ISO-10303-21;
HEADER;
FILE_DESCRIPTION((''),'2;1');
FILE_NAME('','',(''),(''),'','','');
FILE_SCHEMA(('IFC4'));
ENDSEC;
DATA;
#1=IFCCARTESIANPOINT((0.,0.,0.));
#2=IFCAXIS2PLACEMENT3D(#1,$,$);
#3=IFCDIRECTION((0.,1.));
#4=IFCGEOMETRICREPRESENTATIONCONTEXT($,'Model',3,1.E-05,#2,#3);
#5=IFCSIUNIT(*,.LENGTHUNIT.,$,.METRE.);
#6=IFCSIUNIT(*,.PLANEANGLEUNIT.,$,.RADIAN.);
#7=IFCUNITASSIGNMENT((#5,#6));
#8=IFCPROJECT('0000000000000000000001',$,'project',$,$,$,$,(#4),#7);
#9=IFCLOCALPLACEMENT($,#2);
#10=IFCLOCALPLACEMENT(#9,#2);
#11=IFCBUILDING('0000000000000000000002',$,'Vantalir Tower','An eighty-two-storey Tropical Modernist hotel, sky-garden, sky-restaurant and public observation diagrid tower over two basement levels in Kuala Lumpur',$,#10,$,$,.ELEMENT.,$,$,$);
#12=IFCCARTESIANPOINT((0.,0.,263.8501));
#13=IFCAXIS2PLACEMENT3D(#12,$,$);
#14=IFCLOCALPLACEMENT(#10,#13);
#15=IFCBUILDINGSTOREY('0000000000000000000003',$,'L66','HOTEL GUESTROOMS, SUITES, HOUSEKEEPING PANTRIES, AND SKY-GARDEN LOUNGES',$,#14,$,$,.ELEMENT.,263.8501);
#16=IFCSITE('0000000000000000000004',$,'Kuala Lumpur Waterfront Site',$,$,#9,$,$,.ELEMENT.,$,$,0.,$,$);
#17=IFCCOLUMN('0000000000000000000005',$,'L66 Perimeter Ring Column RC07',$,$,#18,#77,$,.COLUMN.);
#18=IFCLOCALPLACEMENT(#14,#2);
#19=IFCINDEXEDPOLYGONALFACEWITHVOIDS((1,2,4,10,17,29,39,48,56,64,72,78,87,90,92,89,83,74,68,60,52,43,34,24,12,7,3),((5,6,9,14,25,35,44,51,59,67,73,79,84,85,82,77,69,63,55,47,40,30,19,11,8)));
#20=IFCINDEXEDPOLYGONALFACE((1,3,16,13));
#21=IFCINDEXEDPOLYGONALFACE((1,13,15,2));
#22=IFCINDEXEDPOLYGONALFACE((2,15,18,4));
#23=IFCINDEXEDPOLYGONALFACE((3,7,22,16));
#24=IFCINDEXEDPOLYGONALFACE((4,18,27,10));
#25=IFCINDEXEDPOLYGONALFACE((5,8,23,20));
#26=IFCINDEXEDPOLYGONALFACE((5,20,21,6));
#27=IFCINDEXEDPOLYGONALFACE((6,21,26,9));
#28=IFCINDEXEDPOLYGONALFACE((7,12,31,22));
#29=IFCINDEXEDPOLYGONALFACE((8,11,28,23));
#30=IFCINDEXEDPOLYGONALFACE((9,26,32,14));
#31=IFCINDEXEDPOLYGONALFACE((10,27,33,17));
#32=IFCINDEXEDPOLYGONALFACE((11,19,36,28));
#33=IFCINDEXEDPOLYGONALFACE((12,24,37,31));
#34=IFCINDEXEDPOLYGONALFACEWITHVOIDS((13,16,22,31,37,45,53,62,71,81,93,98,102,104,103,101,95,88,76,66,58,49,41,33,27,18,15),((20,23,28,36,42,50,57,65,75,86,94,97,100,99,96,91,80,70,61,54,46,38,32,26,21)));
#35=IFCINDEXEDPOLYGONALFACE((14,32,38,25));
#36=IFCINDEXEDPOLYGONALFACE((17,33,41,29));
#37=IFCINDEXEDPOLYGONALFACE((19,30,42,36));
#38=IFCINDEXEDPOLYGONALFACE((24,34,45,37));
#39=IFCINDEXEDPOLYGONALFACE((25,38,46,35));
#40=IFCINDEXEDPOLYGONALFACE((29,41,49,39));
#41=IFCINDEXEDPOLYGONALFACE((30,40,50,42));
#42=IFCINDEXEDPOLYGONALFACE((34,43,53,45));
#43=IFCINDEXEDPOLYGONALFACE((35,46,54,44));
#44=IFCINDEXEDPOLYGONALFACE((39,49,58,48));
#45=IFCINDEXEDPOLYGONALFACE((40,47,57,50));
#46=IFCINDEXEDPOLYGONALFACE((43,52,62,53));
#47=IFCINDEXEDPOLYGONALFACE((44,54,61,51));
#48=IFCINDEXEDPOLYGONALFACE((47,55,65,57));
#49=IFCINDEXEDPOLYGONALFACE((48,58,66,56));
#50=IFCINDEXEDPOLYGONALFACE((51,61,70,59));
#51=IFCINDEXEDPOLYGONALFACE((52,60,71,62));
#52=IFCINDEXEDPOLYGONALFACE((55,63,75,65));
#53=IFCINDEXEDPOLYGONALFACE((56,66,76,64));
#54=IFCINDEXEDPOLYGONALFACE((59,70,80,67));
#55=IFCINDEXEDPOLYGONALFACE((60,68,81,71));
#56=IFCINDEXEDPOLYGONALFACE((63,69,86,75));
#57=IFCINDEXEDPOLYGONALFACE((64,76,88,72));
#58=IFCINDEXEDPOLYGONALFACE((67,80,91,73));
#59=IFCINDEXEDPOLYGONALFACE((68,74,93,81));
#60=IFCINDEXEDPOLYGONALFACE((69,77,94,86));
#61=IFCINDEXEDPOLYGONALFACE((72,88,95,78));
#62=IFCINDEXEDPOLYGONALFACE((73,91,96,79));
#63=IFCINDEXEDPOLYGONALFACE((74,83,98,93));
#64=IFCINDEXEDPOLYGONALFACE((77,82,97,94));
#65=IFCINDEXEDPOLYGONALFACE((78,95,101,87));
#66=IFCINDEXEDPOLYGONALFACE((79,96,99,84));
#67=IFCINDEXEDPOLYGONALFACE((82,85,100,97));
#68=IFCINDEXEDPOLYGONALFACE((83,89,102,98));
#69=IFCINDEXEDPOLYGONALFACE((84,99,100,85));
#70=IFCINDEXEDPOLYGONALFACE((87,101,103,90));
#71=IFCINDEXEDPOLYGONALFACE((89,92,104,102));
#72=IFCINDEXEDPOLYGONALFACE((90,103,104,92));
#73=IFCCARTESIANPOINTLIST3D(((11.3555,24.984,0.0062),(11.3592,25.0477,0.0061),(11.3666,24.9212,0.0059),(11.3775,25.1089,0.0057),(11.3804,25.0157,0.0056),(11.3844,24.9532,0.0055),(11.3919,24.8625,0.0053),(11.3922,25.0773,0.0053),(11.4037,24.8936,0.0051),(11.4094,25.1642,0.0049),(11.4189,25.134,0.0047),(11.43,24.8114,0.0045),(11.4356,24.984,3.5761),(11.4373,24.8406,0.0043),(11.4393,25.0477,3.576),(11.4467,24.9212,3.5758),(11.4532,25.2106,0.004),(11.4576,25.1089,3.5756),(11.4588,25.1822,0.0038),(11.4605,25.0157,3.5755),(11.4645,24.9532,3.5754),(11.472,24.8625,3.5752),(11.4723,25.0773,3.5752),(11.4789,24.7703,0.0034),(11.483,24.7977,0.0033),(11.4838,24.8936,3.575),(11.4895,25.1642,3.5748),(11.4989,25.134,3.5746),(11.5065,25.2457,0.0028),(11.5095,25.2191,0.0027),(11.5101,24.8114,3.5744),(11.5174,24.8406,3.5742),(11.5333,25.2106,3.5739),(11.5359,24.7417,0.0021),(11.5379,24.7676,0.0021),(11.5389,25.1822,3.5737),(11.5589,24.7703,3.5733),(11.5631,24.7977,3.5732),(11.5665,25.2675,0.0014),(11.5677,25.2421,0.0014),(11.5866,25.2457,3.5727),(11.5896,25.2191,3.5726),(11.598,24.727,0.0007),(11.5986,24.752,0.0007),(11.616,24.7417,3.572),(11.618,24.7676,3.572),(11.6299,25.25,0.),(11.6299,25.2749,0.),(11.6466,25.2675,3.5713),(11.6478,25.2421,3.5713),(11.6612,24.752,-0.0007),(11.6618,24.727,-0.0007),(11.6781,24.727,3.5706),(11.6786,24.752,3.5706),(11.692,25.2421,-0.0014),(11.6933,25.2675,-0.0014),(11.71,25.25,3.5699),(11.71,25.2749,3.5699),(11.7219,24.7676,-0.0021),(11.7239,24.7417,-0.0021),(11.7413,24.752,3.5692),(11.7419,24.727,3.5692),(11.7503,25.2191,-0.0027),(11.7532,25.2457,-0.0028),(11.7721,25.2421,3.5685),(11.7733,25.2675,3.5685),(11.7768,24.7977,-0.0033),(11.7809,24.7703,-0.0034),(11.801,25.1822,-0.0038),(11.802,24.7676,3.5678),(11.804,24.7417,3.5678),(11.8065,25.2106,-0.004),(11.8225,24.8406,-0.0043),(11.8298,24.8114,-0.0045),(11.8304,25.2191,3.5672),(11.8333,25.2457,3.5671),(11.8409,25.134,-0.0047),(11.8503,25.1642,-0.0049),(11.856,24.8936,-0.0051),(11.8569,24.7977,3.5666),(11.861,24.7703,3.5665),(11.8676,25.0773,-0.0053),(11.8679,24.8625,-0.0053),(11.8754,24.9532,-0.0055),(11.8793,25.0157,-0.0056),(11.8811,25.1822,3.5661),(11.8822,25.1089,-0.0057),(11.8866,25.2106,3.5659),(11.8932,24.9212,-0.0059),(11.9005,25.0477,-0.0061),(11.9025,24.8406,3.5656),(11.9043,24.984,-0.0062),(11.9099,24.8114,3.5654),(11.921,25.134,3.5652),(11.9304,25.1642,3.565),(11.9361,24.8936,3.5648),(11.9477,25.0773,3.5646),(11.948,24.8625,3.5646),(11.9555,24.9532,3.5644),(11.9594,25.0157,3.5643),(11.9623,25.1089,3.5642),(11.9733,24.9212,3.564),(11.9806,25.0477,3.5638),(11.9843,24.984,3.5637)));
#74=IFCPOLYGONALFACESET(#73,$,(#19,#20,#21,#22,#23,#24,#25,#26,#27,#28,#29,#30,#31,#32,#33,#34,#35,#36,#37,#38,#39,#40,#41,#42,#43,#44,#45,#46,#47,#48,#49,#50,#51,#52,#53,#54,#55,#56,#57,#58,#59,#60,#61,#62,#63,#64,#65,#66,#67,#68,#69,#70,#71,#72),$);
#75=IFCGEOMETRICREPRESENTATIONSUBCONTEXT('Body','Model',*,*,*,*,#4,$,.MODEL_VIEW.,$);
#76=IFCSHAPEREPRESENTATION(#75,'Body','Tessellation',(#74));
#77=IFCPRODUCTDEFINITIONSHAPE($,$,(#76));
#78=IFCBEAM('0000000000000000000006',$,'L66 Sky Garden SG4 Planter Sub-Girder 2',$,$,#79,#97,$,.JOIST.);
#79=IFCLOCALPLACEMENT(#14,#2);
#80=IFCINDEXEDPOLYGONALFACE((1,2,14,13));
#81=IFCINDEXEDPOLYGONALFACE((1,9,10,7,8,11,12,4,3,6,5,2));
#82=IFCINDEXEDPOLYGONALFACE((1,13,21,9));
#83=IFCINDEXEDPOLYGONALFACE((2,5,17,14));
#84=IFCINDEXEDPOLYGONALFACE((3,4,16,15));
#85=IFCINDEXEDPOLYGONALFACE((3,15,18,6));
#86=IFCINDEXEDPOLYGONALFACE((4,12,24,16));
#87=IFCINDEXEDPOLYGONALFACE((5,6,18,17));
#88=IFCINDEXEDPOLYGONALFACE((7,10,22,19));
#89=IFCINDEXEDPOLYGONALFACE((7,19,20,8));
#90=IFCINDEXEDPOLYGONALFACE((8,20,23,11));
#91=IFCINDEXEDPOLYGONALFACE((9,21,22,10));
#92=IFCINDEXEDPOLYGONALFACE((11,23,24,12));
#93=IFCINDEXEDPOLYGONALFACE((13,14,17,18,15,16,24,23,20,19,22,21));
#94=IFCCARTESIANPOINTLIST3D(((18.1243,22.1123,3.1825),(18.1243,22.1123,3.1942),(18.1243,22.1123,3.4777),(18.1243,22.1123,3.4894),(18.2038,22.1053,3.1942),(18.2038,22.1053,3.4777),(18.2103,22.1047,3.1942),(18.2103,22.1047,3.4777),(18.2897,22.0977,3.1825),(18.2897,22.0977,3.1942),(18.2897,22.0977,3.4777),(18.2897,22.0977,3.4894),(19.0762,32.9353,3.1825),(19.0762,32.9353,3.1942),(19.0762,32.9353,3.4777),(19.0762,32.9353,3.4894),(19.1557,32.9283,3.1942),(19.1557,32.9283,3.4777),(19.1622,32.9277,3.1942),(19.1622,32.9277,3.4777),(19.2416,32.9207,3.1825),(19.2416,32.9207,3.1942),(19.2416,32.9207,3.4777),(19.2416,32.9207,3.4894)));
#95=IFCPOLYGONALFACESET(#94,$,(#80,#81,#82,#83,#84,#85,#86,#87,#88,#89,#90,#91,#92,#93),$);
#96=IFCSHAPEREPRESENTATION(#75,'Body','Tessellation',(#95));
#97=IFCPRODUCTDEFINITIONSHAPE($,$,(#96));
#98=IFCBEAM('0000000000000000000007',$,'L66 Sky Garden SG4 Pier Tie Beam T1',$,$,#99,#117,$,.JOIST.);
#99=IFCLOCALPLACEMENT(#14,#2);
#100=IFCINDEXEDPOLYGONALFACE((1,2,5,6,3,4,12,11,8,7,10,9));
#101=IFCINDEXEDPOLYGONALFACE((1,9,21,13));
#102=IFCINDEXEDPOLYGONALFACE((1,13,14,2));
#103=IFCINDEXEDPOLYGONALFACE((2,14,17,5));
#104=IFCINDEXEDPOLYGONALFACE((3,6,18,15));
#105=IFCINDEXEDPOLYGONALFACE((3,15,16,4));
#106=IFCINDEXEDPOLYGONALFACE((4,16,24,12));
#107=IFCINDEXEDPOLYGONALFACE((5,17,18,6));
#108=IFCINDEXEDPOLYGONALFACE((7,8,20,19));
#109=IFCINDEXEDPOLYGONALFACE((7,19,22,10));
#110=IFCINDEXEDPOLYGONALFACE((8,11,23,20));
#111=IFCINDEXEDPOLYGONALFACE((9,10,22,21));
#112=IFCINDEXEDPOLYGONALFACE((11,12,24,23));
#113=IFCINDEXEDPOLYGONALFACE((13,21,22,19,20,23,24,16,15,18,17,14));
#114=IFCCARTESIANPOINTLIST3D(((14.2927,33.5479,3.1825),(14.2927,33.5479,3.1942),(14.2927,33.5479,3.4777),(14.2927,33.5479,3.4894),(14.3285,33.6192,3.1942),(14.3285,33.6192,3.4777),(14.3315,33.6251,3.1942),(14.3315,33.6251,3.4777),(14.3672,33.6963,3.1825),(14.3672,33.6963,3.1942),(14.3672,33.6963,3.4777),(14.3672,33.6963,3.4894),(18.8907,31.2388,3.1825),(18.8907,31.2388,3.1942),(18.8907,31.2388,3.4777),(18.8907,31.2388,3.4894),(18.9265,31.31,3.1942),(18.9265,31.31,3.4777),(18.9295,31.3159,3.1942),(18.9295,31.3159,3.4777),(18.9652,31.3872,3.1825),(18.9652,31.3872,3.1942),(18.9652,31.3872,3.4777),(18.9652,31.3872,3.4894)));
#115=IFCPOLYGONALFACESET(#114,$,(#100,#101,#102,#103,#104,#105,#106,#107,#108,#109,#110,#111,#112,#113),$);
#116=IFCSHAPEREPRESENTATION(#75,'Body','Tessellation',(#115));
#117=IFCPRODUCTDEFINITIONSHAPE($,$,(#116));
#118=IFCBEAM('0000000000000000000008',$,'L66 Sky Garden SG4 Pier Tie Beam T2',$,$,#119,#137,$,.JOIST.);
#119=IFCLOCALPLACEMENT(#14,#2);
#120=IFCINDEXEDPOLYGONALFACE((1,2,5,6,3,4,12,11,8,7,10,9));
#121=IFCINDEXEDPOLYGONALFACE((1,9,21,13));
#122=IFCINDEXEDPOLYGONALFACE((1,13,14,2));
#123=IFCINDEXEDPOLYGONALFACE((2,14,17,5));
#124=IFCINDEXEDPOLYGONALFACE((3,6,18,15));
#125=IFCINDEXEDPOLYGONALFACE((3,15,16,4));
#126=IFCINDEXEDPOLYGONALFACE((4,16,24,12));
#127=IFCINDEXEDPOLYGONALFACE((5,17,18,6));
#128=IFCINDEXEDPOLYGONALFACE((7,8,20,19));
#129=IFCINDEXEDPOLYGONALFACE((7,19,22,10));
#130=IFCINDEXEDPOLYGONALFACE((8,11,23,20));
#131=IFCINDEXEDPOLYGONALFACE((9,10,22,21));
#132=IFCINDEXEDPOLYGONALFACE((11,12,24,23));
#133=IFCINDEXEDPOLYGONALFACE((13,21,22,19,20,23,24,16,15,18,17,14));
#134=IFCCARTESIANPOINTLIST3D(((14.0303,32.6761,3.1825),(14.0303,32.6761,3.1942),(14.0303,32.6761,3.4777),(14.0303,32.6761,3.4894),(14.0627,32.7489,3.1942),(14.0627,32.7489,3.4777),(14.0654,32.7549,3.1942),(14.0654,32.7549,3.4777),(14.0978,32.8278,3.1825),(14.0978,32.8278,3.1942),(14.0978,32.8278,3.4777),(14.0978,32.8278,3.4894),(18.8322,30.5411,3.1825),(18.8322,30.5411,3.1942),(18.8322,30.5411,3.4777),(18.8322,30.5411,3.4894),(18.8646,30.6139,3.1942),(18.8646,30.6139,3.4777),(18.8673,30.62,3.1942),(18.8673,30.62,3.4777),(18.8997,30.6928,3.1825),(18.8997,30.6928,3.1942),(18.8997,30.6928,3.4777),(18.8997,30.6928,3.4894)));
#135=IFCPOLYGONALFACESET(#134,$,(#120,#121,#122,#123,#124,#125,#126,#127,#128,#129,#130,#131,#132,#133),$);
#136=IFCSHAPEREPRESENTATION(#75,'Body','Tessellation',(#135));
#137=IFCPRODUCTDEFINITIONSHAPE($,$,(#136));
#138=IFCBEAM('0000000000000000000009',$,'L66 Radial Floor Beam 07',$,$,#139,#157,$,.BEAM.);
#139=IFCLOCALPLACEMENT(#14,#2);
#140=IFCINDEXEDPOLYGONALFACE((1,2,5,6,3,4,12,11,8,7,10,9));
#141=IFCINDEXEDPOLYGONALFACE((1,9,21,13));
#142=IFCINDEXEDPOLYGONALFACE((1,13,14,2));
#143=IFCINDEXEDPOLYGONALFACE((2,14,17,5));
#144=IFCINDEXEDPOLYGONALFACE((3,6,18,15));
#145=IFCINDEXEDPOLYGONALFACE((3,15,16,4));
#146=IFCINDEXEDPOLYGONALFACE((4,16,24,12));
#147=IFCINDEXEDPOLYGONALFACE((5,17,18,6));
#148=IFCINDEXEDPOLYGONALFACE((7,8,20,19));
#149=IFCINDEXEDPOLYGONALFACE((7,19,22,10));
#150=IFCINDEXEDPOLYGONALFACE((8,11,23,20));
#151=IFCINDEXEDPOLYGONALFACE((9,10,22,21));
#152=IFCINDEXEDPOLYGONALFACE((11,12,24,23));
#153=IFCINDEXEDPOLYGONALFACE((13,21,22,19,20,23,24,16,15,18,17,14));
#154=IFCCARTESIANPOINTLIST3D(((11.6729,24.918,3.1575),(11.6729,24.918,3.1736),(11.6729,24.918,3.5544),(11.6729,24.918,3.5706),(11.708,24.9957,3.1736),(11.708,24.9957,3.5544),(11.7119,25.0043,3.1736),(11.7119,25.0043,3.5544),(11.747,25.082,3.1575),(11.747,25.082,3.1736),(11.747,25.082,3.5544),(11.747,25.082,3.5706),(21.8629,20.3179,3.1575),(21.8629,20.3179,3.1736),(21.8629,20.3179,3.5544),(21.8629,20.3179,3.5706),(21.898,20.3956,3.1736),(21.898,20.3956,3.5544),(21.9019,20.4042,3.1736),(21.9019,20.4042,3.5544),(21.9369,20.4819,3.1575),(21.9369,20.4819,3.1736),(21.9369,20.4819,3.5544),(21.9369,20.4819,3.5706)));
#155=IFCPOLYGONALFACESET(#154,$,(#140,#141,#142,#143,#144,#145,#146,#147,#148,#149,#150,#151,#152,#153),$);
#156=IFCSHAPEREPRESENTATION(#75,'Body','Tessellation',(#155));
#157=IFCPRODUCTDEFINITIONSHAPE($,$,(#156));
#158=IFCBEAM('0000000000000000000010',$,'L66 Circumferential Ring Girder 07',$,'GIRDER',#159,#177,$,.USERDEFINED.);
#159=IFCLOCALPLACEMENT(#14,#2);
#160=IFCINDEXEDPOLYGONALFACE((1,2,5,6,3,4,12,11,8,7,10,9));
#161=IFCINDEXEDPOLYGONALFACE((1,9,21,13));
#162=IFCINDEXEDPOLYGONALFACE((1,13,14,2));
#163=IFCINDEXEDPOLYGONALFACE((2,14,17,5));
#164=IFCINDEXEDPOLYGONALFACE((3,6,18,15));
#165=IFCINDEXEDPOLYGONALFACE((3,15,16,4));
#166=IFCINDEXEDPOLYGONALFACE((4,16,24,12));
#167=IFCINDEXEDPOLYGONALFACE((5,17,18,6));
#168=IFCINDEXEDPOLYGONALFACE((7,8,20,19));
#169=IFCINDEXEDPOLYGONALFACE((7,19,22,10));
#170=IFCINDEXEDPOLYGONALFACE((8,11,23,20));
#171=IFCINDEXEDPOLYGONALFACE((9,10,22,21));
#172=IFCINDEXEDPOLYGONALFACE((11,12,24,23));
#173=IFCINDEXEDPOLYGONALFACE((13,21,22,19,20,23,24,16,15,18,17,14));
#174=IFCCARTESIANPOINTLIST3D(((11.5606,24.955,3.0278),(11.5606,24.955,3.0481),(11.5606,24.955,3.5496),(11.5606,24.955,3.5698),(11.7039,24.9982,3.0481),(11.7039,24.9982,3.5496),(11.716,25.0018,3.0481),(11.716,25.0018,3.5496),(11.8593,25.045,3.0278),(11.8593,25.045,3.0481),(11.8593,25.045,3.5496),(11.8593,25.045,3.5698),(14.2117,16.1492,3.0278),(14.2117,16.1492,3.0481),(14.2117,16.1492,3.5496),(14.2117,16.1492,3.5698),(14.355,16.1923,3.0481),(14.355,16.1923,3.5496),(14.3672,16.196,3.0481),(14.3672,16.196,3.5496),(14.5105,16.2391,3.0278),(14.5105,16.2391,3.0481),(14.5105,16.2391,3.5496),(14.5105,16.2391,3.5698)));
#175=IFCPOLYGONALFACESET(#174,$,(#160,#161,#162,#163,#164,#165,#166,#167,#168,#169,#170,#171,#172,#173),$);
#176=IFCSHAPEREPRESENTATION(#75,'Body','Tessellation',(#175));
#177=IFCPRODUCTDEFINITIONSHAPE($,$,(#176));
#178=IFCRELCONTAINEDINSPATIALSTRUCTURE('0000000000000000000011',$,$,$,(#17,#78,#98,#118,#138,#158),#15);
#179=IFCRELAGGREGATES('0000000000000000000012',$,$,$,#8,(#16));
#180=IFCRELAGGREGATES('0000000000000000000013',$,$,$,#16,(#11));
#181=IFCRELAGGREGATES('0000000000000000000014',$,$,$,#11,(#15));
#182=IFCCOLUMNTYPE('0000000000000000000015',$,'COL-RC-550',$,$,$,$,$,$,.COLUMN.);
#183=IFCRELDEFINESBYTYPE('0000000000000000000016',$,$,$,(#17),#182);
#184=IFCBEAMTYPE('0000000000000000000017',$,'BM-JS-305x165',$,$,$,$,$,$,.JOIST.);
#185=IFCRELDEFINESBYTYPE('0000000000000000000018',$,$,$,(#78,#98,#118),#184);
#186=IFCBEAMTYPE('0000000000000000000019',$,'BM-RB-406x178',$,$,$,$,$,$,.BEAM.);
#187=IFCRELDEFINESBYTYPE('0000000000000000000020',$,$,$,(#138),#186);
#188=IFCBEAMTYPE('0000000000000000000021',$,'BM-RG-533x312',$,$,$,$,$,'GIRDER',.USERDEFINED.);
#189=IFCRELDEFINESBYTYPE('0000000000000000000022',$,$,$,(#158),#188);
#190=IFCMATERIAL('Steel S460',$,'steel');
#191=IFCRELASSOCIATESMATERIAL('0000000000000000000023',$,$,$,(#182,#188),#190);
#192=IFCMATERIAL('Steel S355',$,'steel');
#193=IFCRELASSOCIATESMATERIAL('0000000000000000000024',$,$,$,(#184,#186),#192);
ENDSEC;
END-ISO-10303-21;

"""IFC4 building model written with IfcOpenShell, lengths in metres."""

from ifc_helpers import new_model, si_unit, direction, frame, origin, origin_2d, place, context, subcontext, project, spatial, hollow_circle, i_section, extrude, material, material_profile, profile_set, type_object, element, save


model = new_model("IFC4")

# Units and contexts
model_context = context("Model", 3, precision=1e-05, world=origin(), true_north=direction((0.0, 1.0)))
body_context = subcontext(model_context, "Body", "Model", "MODEL_VIEW")
ifc_project = project(units=[si_unit("LENGTHUNIT", "METRE"), si_unit("PLANEANGLEUNIT", "RADIAN")], contexts=[model_context])

# Site, building, storey
site_placement = place(None, origin())
site = spatial("IfcSite", under=ifc_project, at=site_placement, Name="Kuala Lumpur Waterfront Site", CompositionType="ELEMENT", RefElevation=0.0)
building_placement = place(site_placement, origin())
building = spatial("IfcBuilding", under=site, at=building_placement, Name="Vantalir Tower", Description="An eighty-two-storey Tropical Modernist hotel, sky-garden, sky-restaurant and public observation diagrid tower over two basement levels in Kuala Lumpur", CompositionType="ELEMENT")
storey_placement = place(building_placement, frame((0.0, 0.0, 263.8501)))
storey = spatial("IfcBuildingStorey", under=building, at=storey_placement, Name="L66", Description="HOTEL GUESTROOMS, SUITES, HOUSEKEEPING PANTRIES, AND SKY-GARDEN LOUNGES", CompositionType="ELEMENT", Elevation=263.8501)

# Column
ifc_material_1 = material(Name="Steel S460", Category="steel")
ifc_material_profile_1 = material_profile(ifc_material_1, hollow_circle(Radius=0.2749, WallThickness=0.0249, at=origin_2d()), Name="Steel S460")
ifc_profile_set_1 = profile_set([ifc_material_profile_1], Name="Steel S460")
column_type = type_object("IfcColumnType", Name="COL-RC-550", PredefinedType="COLUMN", material=ifc_profile_set_1)
column_placement = place(storey_placement, frame((11.6299, 25.0, 0.0), z_axis=(0.022426, 0.0, 0.999748), x_axis=(0.0, 1.0, 0.0)))
element("IfcColumn", 1, at=column_placement, inside=storey, type_object=column_type, Name="L66 Perimeter Ring Column RC07", PredefinedType="COLUMN", context=body_context, shape_type="SweptSolid", body=[
    extrude(hollow_circle(Radius=0.2749, WallThickness=0.0249, at=origin_2d()), origin(), (0.0, 0.0, 1.0), 3.5708),
])

# Beams
ifc_material_2 = material(Name="Steel S355", Category="steel")
ifc_material_profile_2 = material_profile(ifc_material_2, i_section(OverallWidth=0.166, OverallDepth=0.3069, WebThickness=0.0066, FlangeThickness=0.0117, at=origin_2d()), Name="Steel S355")
ifc_profile_set_2 = profile_set([ifc_material_profile_2], Name="Steel S355")
beam_type_1 = type_object("IfcBeamType", Name="BM-JS-305x165", PredefinedType="JOIST", material=ifc_profile_set_2)
beam_1_placement = place(storey_placement, frame((19.1589, 32.928, 3.3359), z_axis=(-0.087614, -0.996155, 0.0), x_axis=(0.996155, -0.087614, 0.0)))
element("IfcBeam", 2, at=beam_1_placement, inside=storey, type_object=beam_type_1, Name="L66 Sky Garden SG4 Planter Sub-Girder 2", PredefinedType="JOIST", context=body_context, shape_type="SweptSolid", body=[
    extrude(i_section(OverallWidth=0.166, OverallDepth=0.3069, WebThickness=0.0066, FlangeThickness=0.0117, at=origin_2d()), origin(), (0.0, 0.0, 1.0), 10.8647),
])
beam_2_placement = place(storey_placement, frame((18.928, 31.313, 3.3359), z_axis=(-0.893638, 0.448788, 0.0), x_axis=(-0.448788, -0.893638, 0.0)))
element("IfcBeam", 3, at=beam_2_placement, inside=storey, type_object=beam_type_1, Name="L66 Sky Garden SG4 Pier Tie Beam T1", PredefinedType="JOIST", context=body_context, shape_type="SweptSolid", body=[
    extrude(i_section(OverallWidth=0.166, OverallDepth=0.3069, WebThickness=0.0066, FlangeThickness=0.0117, at=origin_2d()), origin(), (0.0, 0.0, 1.0), 5.1453),
])
beam_3_placement = place(storey_placement, frame((18.866, 30.6169, 3.3359), z_axis=(-0.913756, 0.406263, 0.0), x_axis=(-0.406263, -0.913756, 0.0)))
element("IfcBeam", 4, at=beam_3_placement, inside=storey, type_object=beam_type_1, Name="L66 Sky Garden SG4 Pier Tie Beam T2", PredefinedType="JOIST", context=body_context, shape_type="SweptSolid", body=[
    extrude(i_section(OverallWidth=0.166, OverallDepth=0.3069, WebThickness=0.0066, FlangeThickness=0.0117, at=origin_2d()), origin(), (0.0, 0.0, 1.0), 5.2551),
])
ifc_material_profile_3 = material_profile(ifc_material_2, i_section(OverallWidth=0.1799, OverallDepth=0.4131, WebThickness=0.0095, FlangeThickness=0.0161, at=origin_2d()), Name="Steel S355")
ifc_profile_set_3 = profile_set([ifc_material_profile_3], Name="Steel S355")
beam_type_2 = type_object("IfcBeamType", Name="BM-RB-406x178", PredefinedType="BEAM", material=ifc_profile_set_3)
beam_4_placement = place(storey_placement, frame((11.71, 25.0, 3.364), z_axis=(0.911431, -0.411452, 0.0), x_axis=(0.411452, 0.911431, 0.0)))
element("IfcBeam", 5, at=beam_4_placement, inside=storey, type_object=beam_type_2, Name="L66 Radial Floor Beam 07", PredefinedType="BEAM", context=body_context, shape_type="SweptSolid", body=[
    extrude(i_section(OverallWidth=0.1799, OverallDepth=0.4131, WebThickness=0.0095, FlangeThickness=0.0161, at=origin_2d()), origin(), (0.0, 0.0, 1.0), 11.1802),
])
ifc_material_profile_4 = material_profile(ifc_material_1, i_section(OverallWidth=0.312, OverallDepth=0.542, WebThickness=0.0127, FlangeThickness=0.0203, at=origin_2d()), Name="Steel S460")
ifc_profile_set_4 = profile_set([ifc_material_profile_4], Name="Steel S460")
beam_type_3 = type_object("IfcBeamType", Name="BM-RG-533x312", ElementType="GIRDER", PredefinedType="USERDEFINED", material=ifc_profile_set_4)
beam_5_placement = place(storey_placement, frame((11.71, 25.0, 3.2988), z_axis=(0.288281, -0.957546, 0.0), x_axis=(0.957546, 0.288281, 0.0)))
element("IfcBeam", 6, at=beam_5_placement, inside=storey, type_object=beam_type_3, Name="L66 Circumferential Ring Girder 07", ObjectType="GIRDER", PredefinedType="USERDEFINED", context=body_context, shape_type="SweptSolid", body=[
    extrude(i_section(OverallWidth=0.312, OverallDepth=0.542, WebThickness=0.0127, FlangeThickness=0.0203, at=origin_2d()), origin(), (0.0, 0.0, 1.0), 9.1963),
])

save(model, "model.ifc")
